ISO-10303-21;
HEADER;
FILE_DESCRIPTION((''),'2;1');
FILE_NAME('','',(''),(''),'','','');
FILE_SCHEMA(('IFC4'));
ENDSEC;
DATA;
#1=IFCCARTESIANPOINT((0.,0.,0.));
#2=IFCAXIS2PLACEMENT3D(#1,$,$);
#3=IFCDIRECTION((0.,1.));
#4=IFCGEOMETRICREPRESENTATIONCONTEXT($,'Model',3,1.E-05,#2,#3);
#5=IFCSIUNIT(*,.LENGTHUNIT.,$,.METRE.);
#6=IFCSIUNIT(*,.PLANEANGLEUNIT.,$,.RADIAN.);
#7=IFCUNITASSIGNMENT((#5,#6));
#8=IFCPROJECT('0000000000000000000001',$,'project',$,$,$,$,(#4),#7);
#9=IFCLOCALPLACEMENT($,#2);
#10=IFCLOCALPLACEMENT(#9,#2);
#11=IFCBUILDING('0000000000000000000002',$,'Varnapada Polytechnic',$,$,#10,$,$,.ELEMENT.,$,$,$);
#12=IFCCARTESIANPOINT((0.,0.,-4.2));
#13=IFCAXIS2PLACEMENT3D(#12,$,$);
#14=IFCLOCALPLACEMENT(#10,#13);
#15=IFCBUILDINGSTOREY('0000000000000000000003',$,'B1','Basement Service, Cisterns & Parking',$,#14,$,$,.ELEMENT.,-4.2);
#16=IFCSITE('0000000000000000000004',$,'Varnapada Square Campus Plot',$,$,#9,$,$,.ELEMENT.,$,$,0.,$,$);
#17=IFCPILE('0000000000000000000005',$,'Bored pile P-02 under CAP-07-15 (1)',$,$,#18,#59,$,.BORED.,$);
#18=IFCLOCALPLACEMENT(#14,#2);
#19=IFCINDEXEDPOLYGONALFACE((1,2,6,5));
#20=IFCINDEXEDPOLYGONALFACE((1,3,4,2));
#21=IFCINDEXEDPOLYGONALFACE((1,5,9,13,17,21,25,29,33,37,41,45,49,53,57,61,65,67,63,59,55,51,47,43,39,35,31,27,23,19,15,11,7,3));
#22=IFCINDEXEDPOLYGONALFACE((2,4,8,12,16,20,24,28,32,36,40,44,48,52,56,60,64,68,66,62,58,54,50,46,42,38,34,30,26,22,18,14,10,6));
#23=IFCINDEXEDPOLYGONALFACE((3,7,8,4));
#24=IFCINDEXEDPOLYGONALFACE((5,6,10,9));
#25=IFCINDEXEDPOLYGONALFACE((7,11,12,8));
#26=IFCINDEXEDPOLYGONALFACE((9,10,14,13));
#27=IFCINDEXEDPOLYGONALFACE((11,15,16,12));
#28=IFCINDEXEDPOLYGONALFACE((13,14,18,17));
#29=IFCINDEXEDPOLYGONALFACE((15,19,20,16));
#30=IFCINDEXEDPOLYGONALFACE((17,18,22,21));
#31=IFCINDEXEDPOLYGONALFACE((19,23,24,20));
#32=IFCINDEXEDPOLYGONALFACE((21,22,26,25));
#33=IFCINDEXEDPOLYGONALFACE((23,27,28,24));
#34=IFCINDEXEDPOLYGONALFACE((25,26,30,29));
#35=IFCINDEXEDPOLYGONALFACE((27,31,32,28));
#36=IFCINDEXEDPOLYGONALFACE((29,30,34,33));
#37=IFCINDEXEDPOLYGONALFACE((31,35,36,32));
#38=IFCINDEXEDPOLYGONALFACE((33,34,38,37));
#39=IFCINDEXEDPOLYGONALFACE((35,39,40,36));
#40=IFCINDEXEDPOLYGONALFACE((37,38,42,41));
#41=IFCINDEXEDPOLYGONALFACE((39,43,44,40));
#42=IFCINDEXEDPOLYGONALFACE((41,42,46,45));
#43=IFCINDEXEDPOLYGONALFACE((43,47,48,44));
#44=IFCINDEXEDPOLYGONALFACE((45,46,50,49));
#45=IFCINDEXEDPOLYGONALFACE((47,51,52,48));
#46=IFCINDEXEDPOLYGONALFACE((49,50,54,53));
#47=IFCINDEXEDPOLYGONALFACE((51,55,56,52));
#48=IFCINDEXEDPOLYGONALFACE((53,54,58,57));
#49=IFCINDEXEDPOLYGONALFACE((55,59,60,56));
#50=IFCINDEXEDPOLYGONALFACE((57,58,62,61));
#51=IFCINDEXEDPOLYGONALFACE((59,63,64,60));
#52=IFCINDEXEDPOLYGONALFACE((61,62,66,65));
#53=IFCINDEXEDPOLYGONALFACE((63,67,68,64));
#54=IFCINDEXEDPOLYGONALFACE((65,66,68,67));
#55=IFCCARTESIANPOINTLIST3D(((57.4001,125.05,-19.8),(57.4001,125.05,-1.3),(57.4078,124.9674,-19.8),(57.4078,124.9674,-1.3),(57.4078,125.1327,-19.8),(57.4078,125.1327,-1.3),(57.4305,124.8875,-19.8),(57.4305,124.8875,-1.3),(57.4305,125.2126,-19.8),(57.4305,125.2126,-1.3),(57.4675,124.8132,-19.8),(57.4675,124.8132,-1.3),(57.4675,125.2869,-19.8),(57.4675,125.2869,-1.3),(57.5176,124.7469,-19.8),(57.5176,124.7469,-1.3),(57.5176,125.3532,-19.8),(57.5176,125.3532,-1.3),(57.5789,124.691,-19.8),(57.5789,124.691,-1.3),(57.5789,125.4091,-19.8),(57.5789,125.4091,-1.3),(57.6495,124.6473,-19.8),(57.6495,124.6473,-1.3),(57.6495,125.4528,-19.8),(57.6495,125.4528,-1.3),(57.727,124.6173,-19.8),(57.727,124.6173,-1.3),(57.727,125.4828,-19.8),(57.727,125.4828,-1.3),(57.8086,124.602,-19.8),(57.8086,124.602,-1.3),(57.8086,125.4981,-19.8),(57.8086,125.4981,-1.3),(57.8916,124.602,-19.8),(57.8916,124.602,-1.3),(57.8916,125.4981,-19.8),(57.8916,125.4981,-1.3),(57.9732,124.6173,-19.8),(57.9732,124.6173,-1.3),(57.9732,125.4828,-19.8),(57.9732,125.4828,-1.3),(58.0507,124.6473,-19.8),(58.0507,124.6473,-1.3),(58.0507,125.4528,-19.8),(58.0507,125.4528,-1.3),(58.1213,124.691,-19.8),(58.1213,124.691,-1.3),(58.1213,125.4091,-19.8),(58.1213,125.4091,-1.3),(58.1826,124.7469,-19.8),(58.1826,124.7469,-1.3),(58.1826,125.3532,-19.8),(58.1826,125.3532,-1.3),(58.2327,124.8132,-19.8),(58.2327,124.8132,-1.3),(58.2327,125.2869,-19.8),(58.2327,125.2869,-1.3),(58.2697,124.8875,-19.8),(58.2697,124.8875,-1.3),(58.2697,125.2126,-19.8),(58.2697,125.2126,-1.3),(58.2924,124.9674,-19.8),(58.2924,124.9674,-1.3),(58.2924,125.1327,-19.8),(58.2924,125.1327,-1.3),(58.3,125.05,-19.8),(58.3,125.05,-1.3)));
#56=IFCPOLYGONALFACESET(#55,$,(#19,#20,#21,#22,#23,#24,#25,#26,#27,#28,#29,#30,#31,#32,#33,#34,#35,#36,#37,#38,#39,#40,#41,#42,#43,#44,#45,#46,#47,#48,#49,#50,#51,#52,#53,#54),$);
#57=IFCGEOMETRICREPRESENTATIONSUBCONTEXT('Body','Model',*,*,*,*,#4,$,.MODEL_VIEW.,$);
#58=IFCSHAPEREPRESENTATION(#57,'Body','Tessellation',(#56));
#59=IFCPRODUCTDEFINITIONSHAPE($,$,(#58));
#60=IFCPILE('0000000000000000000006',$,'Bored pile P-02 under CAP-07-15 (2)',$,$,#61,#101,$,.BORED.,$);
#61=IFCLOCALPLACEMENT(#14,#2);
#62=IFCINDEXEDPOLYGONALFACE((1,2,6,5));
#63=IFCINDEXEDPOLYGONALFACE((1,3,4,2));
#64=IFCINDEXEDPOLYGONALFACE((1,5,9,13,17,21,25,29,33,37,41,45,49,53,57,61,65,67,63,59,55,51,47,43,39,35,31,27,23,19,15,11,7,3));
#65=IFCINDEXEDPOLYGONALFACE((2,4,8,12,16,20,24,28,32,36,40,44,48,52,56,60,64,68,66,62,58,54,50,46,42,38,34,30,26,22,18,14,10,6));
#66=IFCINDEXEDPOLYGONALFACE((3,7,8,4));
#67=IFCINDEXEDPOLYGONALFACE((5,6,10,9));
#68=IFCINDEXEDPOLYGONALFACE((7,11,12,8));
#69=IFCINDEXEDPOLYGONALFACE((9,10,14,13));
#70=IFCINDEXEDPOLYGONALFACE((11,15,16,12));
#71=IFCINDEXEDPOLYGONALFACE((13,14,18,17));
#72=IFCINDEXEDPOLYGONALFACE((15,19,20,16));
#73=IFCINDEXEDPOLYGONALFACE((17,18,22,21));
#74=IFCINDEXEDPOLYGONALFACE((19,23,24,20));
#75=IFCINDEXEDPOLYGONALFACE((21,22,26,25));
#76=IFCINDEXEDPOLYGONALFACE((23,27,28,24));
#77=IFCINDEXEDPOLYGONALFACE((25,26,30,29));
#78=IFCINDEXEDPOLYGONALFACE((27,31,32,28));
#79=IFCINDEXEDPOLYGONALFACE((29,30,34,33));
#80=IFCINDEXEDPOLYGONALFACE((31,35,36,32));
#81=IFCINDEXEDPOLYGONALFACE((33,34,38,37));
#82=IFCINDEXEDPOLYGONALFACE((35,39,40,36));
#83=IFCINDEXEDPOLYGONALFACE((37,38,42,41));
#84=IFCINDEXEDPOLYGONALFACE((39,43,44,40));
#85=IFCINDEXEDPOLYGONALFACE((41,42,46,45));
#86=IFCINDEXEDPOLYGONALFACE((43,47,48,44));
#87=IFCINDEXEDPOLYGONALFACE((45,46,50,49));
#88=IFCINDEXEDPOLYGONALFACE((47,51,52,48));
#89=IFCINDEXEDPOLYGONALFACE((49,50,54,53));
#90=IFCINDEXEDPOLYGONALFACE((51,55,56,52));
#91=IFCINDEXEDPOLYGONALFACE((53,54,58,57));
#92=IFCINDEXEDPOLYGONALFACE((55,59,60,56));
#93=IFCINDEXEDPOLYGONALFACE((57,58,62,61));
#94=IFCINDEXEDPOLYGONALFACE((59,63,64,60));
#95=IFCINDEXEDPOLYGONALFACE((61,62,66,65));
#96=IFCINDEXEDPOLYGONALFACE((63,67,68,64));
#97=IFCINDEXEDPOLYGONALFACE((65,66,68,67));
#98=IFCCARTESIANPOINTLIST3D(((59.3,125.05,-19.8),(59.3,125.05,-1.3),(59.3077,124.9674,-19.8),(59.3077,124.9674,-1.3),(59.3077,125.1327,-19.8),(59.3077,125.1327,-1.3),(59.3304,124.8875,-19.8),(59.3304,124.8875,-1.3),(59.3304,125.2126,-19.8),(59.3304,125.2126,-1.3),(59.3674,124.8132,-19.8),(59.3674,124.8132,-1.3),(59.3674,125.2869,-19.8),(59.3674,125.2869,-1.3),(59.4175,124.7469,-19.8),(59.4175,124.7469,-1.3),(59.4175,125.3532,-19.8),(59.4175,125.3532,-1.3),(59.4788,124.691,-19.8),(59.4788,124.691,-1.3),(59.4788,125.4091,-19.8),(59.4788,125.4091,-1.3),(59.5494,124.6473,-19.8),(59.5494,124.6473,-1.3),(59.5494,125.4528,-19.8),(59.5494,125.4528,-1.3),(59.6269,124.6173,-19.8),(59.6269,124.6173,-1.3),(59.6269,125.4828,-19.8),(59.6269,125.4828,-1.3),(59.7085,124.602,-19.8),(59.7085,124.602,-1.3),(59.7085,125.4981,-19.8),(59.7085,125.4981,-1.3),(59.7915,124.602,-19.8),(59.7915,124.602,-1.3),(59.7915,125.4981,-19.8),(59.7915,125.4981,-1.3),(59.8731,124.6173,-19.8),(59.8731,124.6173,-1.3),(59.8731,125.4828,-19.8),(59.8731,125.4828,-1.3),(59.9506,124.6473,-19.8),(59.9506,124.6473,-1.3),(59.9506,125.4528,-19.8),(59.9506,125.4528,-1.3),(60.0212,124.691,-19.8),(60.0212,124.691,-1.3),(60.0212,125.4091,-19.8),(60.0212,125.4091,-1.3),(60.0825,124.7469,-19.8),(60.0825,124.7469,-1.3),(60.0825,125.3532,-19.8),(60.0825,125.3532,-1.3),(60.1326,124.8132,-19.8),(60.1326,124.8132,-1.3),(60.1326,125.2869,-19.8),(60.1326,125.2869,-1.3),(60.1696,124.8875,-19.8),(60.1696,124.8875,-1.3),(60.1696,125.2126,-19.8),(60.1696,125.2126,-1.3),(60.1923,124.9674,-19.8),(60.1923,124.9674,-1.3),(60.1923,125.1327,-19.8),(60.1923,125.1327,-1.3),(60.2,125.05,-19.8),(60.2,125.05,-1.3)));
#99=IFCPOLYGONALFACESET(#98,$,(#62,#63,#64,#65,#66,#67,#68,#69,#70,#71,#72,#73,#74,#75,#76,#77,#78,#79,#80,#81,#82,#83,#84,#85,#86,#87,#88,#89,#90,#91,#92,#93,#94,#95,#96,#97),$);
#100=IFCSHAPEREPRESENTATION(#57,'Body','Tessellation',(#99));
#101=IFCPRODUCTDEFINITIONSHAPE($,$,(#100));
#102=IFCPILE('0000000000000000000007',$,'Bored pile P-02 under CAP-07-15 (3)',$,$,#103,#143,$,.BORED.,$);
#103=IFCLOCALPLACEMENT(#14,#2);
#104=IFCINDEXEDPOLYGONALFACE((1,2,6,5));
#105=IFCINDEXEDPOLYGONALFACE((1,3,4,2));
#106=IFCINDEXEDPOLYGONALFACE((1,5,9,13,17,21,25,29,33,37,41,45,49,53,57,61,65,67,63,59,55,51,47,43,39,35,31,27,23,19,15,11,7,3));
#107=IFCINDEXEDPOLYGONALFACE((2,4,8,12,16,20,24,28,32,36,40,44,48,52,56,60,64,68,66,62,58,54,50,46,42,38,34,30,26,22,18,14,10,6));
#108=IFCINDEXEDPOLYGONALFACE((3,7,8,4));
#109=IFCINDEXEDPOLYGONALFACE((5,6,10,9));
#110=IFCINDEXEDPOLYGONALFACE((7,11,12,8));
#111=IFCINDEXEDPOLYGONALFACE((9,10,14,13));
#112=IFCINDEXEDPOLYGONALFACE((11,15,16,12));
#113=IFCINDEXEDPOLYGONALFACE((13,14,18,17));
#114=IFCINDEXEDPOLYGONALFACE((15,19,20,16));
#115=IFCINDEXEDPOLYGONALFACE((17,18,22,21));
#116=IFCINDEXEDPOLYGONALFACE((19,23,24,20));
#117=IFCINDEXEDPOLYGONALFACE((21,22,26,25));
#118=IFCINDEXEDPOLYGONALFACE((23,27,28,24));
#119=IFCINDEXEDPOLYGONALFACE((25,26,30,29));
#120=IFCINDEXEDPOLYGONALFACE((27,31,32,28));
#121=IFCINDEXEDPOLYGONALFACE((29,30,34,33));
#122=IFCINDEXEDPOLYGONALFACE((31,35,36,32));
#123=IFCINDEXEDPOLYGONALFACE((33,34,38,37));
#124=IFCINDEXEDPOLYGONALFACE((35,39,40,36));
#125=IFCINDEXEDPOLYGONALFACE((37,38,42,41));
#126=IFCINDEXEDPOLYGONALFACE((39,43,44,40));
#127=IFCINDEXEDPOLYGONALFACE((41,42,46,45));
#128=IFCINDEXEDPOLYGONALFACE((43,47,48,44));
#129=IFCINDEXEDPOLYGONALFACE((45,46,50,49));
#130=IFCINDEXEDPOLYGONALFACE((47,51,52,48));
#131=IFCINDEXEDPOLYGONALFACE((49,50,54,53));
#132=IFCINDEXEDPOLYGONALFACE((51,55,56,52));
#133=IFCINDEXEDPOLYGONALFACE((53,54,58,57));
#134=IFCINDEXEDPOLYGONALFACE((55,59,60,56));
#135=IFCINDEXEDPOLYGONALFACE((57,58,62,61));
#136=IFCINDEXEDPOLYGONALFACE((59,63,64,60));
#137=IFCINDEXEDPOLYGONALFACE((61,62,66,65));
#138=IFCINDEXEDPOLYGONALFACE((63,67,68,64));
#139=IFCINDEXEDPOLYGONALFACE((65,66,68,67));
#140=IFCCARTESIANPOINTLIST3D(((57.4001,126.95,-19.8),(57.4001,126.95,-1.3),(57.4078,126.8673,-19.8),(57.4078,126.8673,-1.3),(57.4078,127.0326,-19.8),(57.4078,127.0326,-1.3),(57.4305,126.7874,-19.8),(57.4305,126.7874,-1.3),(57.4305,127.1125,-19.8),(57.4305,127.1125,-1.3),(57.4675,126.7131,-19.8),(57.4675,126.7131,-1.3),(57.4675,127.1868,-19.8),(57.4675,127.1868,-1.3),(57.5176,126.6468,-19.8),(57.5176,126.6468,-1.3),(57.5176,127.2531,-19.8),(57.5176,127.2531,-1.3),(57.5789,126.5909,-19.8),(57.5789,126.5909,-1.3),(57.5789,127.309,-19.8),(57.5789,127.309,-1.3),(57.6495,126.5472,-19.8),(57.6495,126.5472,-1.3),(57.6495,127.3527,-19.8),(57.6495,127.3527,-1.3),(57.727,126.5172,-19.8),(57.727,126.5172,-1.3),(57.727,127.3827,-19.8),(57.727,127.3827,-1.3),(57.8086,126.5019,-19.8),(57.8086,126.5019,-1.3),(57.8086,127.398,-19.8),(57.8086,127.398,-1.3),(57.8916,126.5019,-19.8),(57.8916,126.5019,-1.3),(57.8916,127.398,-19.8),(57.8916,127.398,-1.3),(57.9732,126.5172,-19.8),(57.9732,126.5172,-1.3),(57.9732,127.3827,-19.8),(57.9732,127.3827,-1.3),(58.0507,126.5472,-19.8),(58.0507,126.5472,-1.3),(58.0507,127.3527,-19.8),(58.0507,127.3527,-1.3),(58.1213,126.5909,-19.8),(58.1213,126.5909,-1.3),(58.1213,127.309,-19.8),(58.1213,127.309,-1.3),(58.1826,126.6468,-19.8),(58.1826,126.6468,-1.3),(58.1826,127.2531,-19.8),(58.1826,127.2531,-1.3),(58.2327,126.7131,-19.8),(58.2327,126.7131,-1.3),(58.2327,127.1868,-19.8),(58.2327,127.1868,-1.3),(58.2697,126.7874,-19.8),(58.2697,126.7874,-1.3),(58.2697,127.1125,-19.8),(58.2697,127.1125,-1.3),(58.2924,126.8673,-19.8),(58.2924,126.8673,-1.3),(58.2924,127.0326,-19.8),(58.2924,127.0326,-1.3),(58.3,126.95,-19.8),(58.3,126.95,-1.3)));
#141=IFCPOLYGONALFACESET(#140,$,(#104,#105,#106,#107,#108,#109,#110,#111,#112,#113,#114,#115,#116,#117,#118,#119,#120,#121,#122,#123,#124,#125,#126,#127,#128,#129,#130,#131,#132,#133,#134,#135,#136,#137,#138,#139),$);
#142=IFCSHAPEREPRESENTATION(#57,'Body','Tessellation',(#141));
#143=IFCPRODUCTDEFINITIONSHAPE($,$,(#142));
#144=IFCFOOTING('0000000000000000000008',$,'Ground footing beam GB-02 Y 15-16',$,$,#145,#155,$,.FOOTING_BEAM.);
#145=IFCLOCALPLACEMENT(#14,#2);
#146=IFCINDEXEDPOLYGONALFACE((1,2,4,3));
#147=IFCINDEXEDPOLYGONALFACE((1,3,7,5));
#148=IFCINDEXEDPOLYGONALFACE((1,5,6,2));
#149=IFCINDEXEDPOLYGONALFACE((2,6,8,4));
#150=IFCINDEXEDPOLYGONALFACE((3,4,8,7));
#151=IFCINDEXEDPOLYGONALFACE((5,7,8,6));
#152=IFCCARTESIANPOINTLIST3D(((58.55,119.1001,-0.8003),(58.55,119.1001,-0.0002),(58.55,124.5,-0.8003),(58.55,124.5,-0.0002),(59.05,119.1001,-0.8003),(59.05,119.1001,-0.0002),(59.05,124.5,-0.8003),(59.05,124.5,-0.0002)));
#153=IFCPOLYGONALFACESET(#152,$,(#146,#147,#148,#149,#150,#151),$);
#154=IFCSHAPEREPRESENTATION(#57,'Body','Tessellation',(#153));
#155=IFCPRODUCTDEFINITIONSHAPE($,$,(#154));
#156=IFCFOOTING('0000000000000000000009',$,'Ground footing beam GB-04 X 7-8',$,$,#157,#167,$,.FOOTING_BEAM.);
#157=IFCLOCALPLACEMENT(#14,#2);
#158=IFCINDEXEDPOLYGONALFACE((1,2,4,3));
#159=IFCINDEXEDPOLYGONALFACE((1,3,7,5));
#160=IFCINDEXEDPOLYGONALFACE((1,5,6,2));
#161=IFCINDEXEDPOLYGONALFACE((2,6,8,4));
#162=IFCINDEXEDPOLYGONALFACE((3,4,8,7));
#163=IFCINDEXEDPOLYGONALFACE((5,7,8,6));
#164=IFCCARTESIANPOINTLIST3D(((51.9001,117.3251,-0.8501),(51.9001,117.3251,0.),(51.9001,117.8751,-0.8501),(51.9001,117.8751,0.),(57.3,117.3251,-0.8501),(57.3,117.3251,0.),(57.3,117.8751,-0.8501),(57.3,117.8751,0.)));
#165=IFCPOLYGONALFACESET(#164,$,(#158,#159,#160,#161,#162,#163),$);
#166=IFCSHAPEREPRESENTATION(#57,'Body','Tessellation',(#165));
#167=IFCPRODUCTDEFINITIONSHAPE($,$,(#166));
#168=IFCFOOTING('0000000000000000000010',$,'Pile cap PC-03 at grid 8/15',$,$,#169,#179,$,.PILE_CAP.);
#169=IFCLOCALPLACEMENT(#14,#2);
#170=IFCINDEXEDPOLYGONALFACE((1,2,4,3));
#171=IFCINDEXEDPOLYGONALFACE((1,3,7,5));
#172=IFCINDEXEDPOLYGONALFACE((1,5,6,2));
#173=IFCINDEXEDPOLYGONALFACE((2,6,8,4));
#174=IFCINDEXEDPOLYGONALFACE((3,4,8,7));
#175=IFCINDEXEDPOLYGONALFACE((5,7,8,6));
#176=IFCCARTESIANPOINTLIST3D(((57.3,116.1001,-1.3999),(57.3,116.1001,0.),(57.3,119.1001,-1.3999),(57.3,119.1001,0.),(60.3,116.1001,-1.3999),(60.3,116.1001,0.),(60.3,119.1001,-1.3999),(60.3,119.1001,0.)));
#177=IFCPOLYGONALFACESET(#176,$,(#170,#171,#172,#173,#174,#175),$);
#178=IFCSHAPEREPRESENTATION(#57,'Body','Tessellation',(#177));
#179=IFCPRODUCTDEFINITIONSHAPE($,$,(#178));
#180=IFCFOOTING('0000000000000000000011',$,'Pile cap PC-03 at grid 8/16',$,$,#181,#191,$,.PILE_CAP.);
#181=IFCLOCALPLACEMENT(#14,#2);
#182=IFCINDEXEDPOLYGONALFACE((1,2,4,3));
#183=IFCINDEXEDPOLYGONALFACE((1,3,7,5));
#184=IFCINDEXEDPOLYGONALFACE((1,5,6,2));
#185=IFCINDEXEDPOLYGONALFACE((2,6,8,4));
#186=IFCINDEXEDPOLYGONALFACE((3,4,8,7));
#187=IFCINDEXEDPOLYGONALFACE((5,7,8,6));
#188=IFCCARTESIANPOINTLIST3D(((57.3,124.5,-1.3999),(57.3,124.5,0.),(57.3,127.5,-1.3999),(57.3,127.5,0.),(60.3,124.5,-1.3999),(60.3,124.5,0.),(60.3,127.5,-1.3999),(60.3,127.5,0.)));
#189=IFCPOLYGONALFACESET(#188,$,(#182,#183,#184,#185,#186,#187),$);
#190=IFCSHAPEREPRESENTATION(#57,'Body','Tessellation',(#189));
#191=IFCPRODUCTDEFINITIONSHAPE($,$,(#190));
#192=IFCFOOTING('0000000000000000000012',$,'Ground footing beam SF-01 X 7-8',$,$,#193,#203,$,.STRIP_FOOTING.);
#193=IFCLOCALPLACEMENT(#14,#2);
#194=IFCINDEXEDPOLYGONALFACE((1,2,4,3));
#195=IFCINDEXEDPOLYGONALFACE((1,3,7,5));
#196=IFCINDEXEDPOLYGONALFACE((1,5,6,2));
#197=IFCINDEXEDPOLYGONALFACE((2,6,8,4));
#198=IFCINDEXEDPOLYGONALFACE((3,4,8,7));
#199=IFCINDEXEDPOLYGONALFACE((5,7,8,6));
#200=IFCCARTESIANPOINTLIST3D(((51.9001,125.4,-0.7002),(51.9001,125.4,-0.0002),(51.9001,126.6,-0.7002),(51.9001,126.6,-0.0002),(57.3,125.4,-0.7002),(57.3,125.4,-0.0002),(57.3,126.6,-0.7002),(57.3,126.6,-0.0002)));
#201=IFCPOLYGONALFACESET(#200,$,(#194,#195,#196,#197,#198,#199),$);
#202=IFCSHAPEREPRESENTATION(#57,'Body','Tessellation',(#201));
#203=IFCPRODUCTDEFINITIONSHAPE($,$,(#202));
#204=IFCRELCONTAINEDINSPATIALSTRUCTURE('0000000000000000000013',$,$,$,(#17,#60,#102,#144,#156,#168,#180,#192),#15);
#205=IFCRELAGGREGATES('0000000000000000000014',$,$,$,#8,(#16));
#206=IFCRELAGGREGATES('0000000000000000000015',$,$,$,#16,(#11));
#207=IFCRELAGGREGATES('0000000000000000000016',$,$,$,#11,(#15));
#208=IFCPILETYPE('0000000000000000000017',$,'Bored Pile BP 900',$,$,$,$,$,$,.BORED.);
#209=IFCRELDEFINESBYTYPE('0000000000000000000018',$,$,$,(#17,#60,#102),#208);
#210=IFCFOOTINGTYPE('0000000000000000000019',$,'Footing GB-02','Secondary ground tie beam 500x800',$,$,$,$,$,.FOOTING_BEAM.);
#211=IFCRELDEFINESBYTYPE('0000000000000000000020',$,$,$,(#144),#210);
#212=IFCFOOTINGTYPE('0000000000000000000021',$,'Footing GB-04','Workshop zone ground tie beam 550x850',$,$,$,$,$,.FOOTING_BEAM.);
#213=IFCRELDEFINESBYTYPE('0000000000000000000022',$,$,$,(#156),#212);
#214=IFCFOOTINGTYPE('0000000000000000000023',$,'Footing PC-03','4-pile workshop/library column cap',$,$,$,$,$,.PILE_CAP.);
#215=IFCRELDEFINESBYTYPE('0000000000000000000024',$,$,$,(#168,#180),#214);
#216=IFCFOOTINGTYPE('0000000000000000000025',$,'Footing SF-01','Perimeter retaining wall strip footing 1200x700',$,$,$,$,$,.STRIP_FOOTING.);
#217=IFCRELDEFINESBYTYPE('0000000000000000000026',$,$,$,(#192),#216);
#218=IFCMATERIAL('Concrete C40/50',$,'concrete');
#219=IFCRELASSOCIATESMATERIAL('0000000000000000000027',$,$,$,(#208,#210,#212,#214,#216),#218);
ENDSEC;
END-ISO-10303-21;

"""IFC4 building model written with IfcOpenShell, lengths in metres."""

from ifc_helpers import new_model, si_unit, direction, frame, origin, origin_2d, place, context, subcontext, project, spatial, rectangle, circle, extrude, material, material_profile, profile_set, type_object, element, save


model = new_model("IFC4")

# Units and contexts
model_context = context("Model", 3, precision=1e-05, world=origin(), true_north=direction((0.0, 1.0)))
body_context = subcontext(model_context, "Body", "Model", "MODEL_VIEW")
ifc_project = project(units=[si_unit("LENGTHUNIT", "METRE"), si_unit("PLANEANGLEUNIT", "RADIAN")], contexts=[model_context])

# Site, building, storey
site_placement = place(None, origin())
site = spatial("IfcSite", under=ifc_project, at=site_placement, Name="Varnapada Square Campus Plot", CompositionType="ELEMENT", RefElevation=0.0)
building_placement = place(site_placement, origin())
building = spatial("IfcBuilding", under=site, at=building_placement, Name="Varnapada Polytechnic", CompositionType="ELEMENT")
storey_placement = place(building_placement, frame((0.0, 0.0, -4.2)))
storey = spatial("IfcBuildingStorey", under=building, at=storey_placement, Name="B1", Description="Basement Service, Cisterns & Parking", CompositionType="ELEMENT", Elevation=-4.2)

# Piles
ifc_material_1 = material(Name="Concrete C40/50", Category="concrete")
ifc_material_profile_1 = material_profile(ifc_material_1, circle(Radius=0.45, at=origin_2d()), Name="BP 900")
ifc_profile_set_1 = profile_set([ifc_material_profile_1], Name="Concrete C40/50")
pile_type = type_object("IfcPileType", Name="Bored Pile BP 900", PredefinedType="BORED", material=ifc_profile_set_1)
for number, where, z_axis, x_axis, name in (
    (1, (57.8501, 125.05, -1.3), (0.0, 0.0, -1.0), (1.0, 0.0, 0.0), "Bored pile P-02 under CAP-07-15 (1)"),
    (2, (59.75, 125.05, -1.3), (0.0, 0.0, -1.0), (1.0, 0.0, 0.0), "Bored pile P-02 under CAP-07-15 (2)"),
    (3, (57.8501, 126.95, -1.3), (0.0, 0.0, -1.0), (1.0, 0.0, 0.0), "Bored pile P-02 under CAP-07-15 (3)"),
):
    element("IfcPile", number, at=place(storey_placement, frame(where, z_axis=z_axis, x_axis=x_axis)), inside=storey, type_object=pile_type, Name=name, PredefinedType="BORED", context=body_context, shape_type="SweptSolid", body=[
        extrude(circle(Radius=0.45, at=origin_2d()), origin(), (0.0, 0.0, 1.0), 18.5),
    ])

# Footings
footing_type_1 = type_object("IfcFootingType", Name="Footing GB-02", Description="Secondary ground tie beam 500x800", PredefinedType="FOOTING_BEAM", material=ifc_material_1)
footing_1_placement = place(storey_placement, frame((58.8, 121.8, -0.8003), z_axis=(0.0, 0.0, 1.0), x_axis=(0.0, 1.0, 0.0)))
element("IfcFooting", 4, at=footing_1_placement, inside=storey, type_object=footing_type_1, Name="Ground footing beam GB-02 Y 15-16", PredefinedType="FOOTING_BEAM", context=body_context, shape_type="SweptSolid", body=[
    extrude(rectangle(XDim=5.3999, YDim=0.5, at=origin_2d()), origin(), (0.0, 0.0, 1.0), 0.8),
])
footing_type_2 = type_object("IfcFootingType", Name="Footing GB-04", Description="Workshop zone ground tie beam 550x850", PredefinedType="FOOTING_BEAM", material=ifc_material_1)
footing_2_placement = place(storey_placement, frame((54.6001, 117.6001, -0.8501), z_axis=(0.0, 0.0, 1.0), x_axis=(1.0, 0.0, 0.0)))
element("IfcFooting", 5, at=footing_2_placement, inside=storey, type_object=footing_type_2, Name="Ground footing beam GB-04 X 7-8", PredefinedType="FOOTING_BEAM", context=body_context, shape_type="SweptSolid", body=[
    extrude(rectangle(XDim=5.3999, YDim=0.55, at=origin_2d()), origin(), (0.0, 0.0, 1.0), 0.8501),
])
footing_type_3 = type_object("IfcFootingType", Name="Footing PC-03", Description="4-pile workshop/library column cap", PredefinedType="PILE_CAP", material=ifc_material_1)
for number, where, z_axis, x_axis, name in (
    (6, (58.8, 117.6001, -1.3999), (0.0, 0.0, 1.0), (1.0, 0.0, 0.0), "Pile cap PC-03 at grid 8/15"),
    (7, (58.8, 126.0, -1.3999), (0.0, 0.0, 1.0), (1.0, 0.0, 0.0), "Pile cap PC-03 at grid 8/16"),
):
    element("IfcFooting", number, at=place(storey_placement, frame(where, z_axis=z_axis, x_axis=x_axis)), inside=storey, type_object=footing_type_3, Name=name, PredefinedType="PILE_CAP", context=body_context, shape_type="SweptSolid", body=[
        extrude(rectangle(XDim=3.0, YDim=3.0, at=origin_2d()), origin(), (0.0, 0.0, 1.0), 1.3999),
    ])
footing_type_4 = type_object("IfcFootingType", Name="Footing SF-01", Description="Perimeter retaining wall strip footing 1200x700", PredefinedType="STRIP_FOOTING", material=ifc_material_1)
footing_3_placement = place(storey_placement, frame((54.6001, 126.0, -0.7002), z_axis=(0.0, 0.0, 1.0), x_axis=(1.0, 0.0, 0.0)))
element("IfcFooting", 8, at=footing_3_placement, inside=storey, type_object=footing_type_4, Name="Ground footing beam SF-01 X 7-8", PredefinedType="STRIP_FOOTING", context=body_context, shape_type="SweptSolid", body=[
    extrude(rectangle(XDim=5.3999, YDim=1.2, at=origin_2d()), origin(), (0.0, 0.0, 1.0), 0.7),
])

save(model, "model.ifc")
